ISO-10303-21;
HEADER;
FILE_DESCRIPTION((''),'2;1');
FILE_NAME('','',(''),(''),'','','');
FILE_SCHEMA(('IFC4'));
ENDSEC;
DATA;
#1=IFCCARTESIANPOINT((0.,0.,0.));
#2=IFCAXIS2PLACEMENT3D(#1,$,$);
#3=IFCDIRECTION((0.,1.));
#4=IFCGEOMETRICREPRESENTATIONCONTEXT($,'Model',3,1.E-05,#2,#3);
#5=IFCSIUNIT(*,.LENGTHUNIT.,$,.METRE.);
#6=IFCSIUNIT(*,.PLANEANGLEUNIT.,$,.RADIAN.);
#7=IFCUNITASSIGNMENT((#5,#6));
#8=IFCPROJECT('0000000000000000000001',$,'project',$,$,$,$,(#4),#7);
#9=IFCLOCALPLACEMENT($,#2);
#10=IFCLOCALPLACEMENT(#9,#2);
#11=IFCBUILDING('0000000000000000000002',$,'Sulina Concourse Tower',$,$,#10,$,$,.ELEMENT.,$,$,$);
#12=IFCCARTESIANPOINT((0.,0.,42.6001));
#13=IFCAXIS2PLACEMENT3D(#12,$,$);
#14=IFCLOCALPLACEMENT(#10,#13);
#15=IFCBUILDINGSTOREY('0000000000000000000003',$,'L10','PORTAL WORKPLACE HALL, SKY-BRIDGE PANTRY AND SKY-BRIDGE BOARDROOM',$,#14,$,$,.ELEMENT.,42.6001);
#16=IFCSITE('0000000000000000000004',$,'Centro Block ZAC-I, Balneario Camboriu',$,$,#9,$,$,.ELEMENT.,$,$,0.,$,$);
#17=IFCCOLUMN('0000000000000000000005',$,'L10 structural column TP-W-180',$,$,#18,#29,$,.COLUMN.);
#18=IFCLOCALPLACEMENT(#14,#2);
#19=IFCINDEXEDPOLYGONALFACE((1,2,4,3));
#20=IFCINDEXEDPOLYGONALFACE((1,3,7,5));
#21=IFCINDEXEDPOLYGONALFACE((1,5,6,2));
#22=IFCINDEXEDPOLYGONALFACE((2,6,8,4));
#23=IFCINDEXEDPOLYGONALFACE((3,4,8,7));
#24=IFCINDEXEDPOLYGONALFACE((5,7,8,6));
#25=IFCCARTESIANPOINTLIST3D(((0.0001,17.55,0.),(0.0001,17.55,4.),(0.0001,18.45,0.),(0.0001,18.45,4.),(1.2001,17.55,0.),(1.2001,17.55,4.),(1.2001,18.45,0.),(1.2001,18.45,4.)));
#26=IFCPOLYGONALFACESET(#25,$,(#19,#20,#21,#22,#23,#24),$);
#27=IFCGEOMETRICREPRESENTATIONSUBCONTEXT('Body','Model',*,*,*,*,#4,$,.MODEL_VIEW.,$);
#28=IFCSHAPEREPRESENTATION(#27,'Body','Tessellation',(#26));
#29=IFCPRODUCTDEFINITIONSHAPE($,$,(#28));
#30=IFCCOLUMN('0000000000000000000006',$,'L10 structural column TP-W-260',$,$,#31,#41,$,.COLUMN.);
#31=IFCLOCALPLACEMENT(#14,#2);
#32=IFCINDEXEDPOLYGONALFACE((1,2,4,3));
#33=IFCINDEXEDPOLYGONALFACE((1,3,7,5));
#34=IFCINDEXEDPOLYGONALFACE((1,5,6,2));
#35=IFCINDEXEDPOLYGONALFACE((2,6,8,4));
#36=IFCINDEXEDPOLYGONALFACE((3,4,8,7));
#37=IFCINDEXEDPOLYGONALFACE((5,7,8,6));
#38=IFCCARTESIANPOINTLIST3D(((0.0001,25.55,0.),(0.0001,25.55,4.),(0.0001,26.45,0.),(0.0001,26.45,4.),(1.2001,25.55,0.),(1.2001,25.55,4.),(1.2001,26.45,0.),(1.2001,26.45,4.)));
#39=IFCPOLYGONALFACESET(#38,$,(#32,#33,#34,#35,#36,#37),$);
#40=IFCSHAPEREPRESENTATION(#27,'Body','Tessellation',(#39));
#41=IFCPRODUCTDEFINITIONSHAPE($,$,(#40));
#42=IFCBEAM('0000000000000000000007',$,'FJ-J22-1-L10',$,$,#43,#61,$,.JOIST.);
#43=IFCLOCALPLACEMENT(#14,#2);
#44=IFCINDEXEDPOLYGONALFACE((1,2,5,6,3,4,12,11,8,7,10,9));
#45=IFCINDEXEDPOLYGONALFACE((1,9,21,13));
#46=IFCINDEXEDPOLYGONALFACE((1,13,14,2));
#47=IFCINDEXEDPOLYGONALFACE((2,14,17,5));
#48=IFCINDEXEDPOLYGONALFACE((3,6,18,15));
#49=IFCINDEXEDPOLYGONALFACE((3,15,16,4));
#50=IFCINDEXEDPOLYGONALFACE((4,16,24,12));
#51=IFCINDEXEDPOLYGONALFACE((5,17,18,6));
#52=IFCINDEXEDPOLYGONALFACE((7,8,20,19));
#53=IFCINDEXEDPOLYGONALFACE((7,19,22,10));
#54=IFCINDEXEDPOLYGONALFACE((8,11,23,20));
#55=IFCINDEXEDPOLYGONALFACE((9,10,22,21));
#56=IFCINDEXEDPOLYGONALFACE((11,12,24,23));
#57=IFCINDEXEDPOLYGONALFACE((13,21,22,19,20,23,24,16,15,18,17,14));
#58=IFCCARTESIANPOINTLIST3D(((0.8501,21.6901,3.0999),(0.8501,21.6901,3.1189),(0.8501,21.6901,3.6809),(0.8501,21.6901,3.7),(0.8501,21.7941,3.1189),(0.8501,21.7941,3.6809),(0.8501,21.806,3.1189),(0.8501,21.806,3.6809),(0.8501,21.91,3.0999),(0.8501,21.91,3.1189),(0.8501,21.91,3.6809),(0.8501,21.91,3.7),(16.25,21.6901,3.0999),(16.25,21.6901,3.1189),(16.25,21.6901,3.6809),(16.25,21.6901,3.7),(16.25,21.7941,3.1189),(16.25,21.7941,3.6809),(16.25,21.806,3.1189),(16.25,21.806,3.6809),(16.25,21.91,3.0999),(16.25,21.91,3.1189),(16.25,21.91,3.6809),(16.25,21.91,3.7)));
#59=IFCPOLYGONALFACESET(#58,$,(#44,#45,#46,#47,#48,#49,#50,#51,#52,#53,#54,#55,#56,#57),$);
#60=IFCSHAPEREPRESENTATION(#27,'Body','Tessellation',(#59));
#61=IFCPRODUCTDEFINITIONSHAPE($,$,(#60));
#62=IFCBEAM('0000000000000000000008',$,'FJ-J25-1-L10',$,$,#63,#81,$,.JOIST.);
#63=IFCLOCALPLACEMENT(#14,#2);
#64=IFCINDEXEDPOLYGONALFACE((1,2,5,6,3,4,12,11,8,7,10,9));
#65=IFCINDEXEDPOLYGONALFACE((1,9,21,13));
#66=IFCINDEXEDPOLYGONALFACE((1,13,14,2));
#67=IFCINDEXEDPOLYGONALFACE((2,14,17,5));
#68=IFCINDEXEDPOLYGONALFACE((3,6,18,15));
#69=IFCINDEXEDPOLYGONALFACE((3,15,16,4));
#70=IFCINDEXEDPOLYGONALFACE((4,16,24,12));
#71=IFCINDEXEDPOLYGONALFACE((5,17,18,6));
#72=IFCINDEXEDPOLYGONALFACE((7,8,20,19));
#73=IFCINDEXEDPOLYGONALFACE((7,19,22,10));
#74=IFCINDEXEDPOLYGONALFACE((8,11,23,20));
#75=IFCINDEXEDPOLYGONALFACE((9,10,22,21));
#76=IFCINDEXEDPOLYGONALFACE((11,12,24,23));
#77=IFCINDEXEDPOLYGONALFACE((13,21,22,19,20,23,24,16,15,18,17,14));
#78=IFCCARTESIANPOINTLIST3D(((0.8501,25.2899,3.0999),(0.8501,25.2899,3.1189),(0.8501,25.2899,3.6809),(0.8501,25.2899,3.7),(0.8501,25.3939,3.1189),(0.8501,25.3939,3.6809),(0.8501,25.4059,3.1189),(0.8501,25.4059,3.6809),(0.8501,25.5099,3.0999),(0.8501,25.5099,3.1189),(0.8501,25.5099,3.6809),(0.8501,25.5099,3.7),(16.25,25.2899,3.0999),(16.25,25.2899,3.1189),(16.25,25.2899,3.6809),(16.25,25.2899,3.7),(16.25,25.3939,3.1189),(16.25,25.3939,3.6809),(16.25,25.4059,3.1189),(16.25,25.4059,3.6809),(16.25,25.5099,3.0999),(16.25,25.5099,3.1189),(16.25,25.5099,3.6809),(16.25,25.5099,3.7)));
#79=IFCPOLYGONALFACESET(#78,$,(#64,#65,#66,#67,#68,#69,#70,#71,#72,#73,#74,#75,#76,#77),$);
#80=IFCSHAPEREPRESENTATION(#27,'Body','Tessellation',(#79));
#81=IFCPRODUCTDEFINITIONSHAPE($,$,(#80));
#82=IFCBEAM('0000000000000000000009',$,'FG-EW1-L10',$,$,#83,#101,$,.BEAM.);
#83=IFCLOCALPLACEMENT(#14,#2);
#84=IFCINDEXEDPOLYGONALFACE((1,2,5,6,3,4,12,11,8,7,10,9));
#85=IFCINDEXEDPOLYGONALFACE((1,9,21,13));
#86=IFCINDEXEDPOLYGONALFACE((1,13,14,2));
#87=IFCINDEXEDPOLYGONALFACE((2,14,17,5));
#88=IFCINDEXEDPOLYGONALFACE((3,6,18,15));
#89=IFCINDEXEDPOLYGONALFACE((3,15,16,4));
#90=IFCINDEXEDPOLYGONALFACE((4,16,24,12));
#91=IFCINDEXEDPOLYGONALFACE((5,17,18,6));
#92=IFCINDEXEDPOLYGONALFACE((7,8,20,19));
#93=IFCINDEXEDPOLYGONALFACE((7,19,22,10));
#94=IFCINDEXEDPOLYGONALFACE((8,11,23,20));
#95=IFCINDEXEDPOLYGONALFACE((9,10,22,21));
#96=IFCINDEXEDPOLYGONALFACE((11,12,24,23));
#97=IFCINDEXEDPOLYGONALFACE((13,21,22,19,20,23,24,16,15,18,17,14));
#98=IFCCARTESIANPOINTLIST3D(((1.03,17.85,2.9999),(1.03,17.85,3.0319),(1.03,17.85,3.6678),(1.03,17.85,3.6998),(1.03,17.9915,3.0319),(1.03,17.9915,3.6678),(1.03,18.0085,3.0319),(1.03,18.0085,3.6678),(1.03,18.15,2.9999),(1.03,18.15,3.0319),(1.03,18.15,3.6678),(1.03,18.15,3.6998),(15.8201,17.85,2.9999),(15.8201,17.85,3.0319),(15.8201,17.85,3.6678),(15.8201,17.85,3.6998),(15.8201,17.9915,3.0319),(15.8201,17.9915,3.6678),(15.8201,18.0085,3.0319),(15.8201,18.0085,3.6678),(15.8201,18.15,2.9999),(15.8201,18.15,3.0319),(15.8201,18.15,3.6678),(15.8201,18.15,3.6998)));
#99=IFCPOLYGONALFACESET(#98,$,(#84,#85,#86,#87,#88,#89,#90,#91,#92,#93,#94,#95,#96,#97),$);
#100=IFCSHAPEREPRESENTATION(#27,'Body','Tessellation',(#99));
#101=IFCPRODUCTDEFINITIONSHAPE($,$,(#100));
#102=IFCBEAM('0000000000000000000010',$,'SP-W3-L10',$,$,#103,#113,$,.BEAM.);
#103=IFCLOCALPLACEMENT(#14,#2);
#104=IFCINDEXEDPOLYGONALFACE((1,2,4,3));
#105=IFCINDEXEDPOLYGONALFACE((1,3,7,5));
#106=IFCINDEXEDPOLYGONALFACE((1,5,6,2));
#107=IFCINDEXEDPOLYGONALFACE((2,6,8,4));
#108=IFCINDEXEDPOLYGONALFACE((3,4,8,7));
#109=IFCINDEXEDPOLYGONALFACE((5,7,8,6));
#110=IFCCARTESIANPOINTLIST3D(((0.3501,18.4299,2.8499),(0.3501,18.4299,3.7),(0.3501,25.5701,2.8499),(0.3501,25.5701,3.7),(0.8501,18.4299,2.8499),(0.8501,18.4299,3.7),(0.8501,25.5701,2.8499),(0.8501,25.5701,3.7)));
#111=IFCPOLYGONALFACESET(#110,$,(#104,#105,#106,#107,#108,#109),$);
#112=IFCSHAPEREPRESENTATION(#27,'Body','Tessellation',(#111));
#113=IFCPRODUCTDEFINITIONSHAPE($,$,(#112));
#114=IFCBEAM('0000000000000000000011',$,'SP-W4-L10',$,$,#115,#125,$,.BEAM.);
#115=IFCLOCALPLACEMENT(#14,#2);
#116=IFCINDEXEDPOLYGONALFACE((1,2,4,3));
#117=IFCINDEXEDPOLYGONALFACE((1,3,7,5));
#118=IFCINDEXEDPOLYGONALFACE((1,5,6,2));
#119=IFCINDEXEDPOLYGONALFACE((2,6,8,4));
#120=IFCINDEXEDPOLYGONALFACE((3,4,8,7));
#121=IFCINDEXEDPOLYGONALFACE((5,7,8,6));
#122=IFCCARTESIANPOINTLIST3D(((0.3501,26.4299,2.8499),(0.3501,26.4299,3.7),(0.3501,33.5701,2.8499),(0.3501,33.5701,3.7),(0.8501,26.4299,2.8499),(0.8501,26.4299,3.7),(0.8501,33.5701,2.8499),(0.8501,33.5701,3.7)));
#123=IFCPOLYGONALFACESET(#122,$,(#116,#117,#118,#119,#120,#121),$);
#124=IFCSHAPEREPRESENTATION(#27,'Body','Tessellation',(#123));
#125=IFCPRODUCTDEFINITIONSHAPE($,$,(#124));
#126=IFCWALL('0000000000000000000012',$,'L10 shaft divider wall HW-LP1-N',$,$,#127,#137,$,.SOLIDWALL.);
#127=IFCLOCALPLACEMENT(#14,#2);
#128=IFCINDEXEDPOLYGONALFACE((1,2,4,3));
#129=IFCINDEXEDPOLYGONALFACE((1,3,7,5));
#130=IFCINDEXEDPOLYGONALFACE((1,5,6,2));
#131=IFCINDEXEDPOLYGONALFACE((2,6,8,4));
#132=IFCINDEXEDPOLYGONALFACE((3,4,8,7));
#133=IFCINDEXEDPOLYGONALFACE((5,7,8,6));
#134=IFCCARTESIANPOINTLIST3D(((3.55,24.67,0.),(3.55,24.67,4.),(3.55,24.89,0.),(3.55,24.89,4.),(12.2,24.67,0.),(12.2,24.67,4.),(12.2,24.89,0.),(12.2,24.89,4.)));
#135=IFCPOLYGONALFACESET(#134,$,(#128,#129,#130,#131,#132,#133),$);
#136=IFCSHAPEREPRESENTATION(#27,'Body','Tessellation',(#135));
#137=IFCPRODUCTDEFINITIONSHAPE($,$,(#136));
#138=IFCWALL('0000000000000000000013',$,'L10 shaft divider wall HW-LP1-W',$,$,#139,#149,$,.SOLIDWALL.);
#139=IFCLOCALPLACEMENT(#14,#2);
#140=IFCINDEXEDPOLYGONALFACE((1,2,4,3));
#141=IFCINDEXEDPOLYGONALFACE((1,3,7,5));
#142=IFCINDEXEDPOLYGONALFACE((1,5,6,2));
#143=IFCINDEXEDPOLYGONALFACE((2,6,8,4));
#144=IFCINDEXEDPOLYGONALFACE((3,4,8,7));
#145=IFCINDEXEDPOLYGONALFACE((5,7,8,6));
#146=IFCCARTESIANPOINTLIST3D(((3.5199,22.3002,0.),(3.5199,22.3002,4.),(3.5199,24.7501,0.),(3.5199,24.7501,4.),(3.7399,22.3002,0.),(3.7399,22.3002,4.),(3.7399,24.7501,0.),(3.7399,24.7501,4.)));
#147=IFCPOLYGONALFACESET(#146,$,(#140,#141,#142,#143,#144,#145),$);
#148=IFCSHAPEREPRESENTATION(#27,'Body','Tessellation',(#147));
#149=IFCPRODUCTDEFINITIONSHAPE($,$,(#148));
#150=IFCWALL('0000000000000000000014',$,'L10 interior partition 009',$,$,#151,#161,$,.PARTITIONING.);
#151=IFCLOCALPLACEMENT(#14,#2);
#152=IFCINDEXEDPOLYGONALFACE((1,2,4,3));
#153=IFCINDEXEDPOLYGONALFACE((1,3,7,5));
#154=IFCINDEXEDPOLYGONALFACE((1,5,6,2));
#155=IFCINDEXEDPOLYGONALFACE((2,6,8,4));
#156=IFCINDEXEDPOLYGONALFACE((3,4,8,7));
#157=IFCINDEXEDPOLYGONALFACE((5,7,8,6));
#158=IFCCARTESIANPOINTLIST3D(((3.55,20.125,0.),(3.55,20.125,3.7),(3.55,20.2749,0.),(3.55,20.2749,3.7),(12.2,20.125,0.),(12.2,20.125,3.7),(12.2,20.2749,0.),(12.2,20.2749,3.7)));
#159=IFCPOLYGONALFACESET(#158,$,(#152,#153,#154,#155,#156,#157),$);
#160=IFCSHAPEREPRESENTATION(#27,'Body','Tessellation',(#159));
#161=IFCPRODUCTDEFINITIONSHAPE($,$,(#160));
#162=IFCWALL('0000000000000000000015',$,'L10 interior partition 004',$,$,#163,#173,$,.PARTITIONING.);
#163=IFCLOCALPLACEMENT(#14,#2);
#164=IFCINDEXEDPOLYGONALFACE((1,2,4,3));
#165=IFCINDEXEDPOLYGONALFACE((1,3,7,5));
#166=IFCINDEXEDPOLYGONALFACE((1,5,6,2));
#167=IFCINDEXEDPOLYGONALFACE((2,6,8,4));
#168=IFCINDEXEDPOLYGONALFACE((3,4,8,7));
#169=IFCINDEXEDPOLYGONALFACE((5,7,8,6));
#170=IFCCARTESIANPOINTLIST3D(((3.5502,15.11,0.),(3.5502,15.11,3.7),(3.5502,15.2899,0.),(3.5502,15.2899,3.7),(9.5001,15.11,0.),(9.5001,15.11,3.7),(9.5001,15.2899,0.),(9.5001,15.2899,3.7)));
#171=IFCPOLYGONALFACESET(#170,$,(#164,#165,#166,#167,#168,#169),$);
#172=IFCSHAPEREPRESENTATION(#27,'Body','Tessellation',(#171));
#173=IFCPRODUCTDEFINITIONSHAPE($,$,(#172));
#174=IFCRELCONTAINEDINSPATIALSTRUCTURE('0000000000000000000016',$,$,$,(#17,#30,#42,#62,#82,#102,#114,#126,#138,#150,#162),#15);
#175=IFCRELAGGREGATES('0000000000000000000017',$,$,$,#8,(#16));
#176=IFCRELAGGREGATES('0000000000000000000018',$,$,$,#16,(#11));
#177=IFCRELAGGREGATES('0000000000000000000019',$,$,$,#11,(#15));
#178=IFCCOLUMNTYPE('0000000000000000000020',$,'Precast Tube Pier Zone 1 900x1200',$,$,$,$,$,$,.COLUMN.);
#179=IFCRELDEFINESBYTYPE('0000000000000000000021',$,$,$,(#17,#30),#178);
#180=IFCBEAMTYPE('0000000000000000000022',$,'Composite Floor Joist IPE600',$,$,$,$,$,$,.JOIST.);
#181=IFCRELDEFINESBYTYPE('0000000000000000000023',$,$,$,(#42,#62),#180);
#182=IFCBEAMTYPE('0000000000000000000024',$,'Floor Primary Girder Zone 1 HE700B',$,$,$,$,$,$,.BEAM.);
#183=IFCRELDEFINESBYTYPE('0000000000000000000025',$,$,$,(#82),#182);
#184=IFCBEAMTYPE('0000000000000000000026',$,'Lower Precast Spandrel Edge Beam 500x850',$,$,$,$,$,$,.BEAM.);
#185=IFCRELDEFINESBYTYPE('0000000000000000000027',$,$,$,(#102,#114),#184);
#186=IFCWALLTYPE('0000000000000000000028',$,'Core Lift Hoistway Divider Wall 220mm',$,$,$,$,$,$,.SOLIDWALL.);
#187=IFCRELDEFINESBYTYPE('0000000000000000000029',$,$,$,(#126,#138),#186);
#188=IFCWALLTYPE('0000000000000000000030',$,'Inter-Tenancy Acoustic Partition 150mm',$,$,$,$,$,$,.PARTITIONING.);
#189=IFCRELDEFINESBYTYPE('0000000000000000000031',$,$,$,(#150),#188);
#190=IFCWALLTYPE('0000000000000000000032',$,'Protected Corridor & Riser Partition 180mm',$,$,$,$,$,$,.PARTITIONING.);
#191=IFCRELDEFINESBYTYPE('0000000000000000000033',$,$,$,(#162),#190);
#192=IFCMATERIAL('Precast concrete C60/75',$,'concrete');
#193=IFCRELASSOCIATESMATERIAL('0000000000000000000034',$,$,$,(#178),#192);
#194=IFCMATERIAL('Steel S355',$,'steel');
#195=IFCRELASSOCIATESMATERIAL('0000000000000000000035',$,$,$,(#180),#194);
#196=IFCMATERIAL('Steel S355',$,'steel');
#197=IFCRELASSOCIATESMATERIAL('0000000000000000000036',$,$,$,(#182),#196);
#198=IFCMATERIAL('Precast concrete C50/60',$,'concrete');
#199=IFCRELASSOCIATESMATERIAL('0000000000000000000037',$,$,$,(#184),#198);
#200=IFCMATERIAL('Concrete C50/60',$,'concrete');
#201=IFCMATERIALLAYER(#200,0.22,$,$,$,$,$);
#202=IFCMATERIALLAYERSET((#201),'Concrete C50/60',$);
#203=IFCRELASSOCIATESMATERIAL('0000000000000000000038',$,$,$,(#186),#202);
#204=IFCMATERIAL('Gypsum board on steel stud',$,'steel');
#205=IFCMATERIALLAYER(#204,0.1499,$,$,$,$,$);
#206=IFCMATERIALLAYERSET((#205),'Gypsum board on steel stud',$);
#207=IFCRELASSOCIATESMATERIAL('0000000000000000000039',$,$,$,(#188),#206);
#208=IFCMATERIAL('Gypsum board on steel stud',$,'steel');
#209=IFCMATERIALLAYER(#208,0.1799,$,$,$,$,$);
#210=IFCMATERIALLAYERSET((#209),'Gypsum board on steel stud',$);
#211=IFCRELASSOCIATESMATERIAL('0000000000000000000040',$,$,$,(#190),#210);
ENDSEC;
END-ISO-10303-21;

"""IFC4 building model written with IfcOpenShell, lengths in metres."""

from ifc_helpers import new_model, si_unit, direction, frame, frame_2d, origin, origin_2d, place, context, subcontext, project, spatial, rectangle, i_section, extrude, material, layer, layer_set, material_profile, profile_set, type_object, element, save


model = new_model("IFC4")

# Units and contexts
model_context = context("Model", 3, precision=1e-05, world=origin(), true_north=direction((0.0, 1.0)))
body_context = subcontext(model_context, "Body", "Model", "MODEL_VIEW")
ifc_project = project(units=[si_unit("LENGTHUNIT", "METRE"), si_unit("PLANEANGLEUNIT", "RADIAN")], contexts=[model_context])

# Site, building, storey
site_placement = place(None, origin())
site = spatial("IfcSite", under=ifc_project, at=site_placement, Name="Centro Block ZAC-I, Balneario Camboriu", CompositionType="ELEMENT", RefElevation=0.0)
building_placement = place(site_placement, origin())
building = spatial("IfcBuilding", under=site, at=building_placement, Name="Sulina Concourse Tower", CompositionType="ELEMENT")
storey_placement = place(building_placement, frame((0.0, 0.0, 42.6001)))
storey = spatial("IfcBuildingStorey", under=building, at=storey_placement, Name="L10", Description="PORTAL WORKPLACE HALL, SKY-BRIDGE PANTRY AND SKY-BRIDGE BOARDROOM", CompositionType="ELEMENT", Elevation=42.6001)

# Columns
ifc_material_1 = material(Name="Precast concrete C60/75", Category="concrete")
ifc_material_profile_1 = material_profile(ifc_material_1, rectangle(XDim=0.8999, YDim=1.2, at=origin_2d()), Name="PC 900x1200")
ifc_profile_set_1 = profile_set([ifc_material_profile_1], Name="Precast concrete C60/75")
column_type = type_object("IfcColumnType", Name="Precast Tube Pier Zone 1 900x1200", PredefinedType="COLUMN", material=ifc_profile_set_1)
for number, where, z_axis, x_axis, name in (
    (1, (0.6001, 18.0, 0.0), (0.0, 0.0, 1.0), (0.0, 1.0, 0.0), "L10 structural column TP-W-180"),
    (2, (0.6001, 26.0, 0.0), (0.0, 0.0, 1.0), (0.0, 1.0, 0.0), "L10 structural column TP-W-260"),
):
    element("IfcColumn", number, at=place(storey_placement, frame(where, z_axis=z_axis, x_axis=x_axis)), inside=storey, type_object=column_type, Name=name, PredefinedType="COLUMN", context=body_context, shape_type="SweptSolid", body=[
        extrude(rectangle(XDim=0.8999, YDim=1.2, at=origin_2d()), origin(), (0.0, 0.0, 1.0), 4.0),
    ])

# Beams
ifc_material_2 = material(Name="Steel S355", Category="steel")
ifc_material_profile_2 = material_profile(ifc_material_2, i_section(OverallWidth=0.22, OverallDepth=0.6001, WebThickness=0.012, FlangeThickness=0.019, at=origin_2d()), Name="IPE 600")
ifc_profile_set_2 = profile_set([ifc_material_profile_2], Name="Steel S355")
beam_type_1 = type_object("IfcBeamType", Name="Composite Floor Joist IPE600", PredefinedType="JOIST", material=ifc_profile_set_2)
for number, where, z_axis, x_axis, name in (
    (3, (0.8501, 21.8, 3.3999), (1.0, 0.0, 0.0), (0.0, 1.0, 0.0), "FJ-J22-1-L10"),
    (4, (0.8501, 25.3999, 3.3999), (1.0, 0.0, 0.0), (0.0, 1.0, 0.0), "FJ-J25-1-L10"),
):
    element("IfcBeam", number, at=place(storey_placement, frame(where, z_axis=z_axis, x_axis=x_axis)), inside=storey, type_object=beam_type_1, Name=name, PredefinedType="JOIST", context=body_context, shape_type="SweptSolid", body=[
        extrude(i_section(OverallWidth=0.22, OverallDepth=0.6001, WebThickness=0.012, FlangeThickness=0.019, at=origin_2d()), origin(), (0.0, 0.0, 1.0), 15.3999),
    ])
ifc_material_3 = material(Name="Steel S355", Category="steel")
ifc_material_profile_3 = material_profile(ifc_material_3, i_section(OverallWidth=0.3, OverallDepth=0.7, WebThickness=0.0171, FlangeThickness=0.032, at=origin_2d()), Name="HE 700 B")
ifc_profile_set_3 = profile_set([ifc_material_profile_3], Name="Steel S355")
beam_type_2 = type_object("IfcBeamType", Name="Floor Primary Girder Zone 1 HE700B", PredefinedType="BEAM", material=ifc_profile_set_3)
beam_placement = place(storey_placement, frame((1.03, 18.0, 3.3499), z_axis=(1.0, 0.0, 0.0), x_axis=(0.0, 1.0, 0.0)))
element("IfcBeam", 5, at=beam_placement, inside=storey, type_object=beam_type_2, Name="FG-EW1-L10", PredefinedType="BEAM", context=body_context, shape_type="SweptSolid", body=[
    extrude(i_section(OverallWidth=0.3, OverallDepth=0.7, WebThickness=0.0171, FlangeThickness=0.032, at=origin_2d()), origin(), (0.0, 0.0, 1.0), 14.79),
])
ifc_material_4 = material(Name="Precast concrete C50/60", Category="concrete")
ifc_material_profile_4 = material_profile(ifc_material_4, rectangle(XDim=0.5, YDim=0.8501, at=origin_2d()), Name="RC 500x850")
ifc_profile_set_4 = profile_set([ifc_material_profile_4], Name="Precast concrete C50/60")
beam_type_3 = type_object("IfcBeamType", Name="Lower Precast Spandrel Edge Beam 500x850", PredefinedType="BEAM", material=ifc_profile_set_4)
for number, where, z_axis, x_axis, name in (
    (6, (0.6001, 18.4299, 3.2749), (0.0, 1.0, 0.0), (-1.0, 0.0, 0.0), "SP-W3-L10"),
    (7, (0.6001, 26.4299, 3.2749), (0.0, 1.0, 0.0), (-1.0, 0.0, 0.0), "SP-W4-L10"),
):
    element("IfcBeam", number, at=place(storey_placement, frame(where, z_axis=z_axis, x_axis=x_axis)), inside=storey, type_object=beam_type_3, Name=name, PredefinedType="BEAM", context=body_context, shape_type="SweptSolid", body=[
        extrude(rectangle(XDim=0.5, YDim=0.8501, at=origin_2d()), origin(), (0.0, 0.0, 1.0), 7.1401),
    ])

# Walls
ifc_material_5 = material(Name="Concrete C50/60", Category="concrete")
ifc_layer_1 = layer(ifc_material_5, 0.22)
ifc_layer_set_1 = layer_set([ifc_layer_1], Name="Concrete C50/60")
wall_type_1 = type_object("IfcWallType", Name="Core Lift Hoistway Divider Wall 220mm", PredefinedType="SOLIDWALL", material=ifc_layer_set_1)
wall_1_placement = place(storey_placement, frame((3.55, 24.78, 0.0), z_axis=(0.0, 0.0, 1.0), x_axis=(1.0, 0.0, 0.0)))
element("IfcWall", 8, at=wall_1_placement, inside=storey, type_object=wall_type_1, Name="L10 shaft divider wall HW-LP1-N", PredefinedType="SOLIDWALL", context=body_context, shape_type="SweptSolid", body=[
    extrude(rectangle(XDim=8.6499, YDim=0.22, at=frame_2d((4.325, 0.0))), origin(), (0.0, 0.0, 1.0), 4.0),
])
wall_2_placement = place(storey_placement, frame((3.6299, 22.3, 0.0), z_axis=(0.0, 0.0, 1.0), x_axis=(0.0, 1.0, 0.0)))
element("IfcWall", 9, at=wall_2_placement, inside=storey, type_object=wall_type_1, Name="L10 shaft divider wall HW-LP1-W", PredefinedType="SOLIDWALL", context=body_context, shape_type="SweptSolid", body=[
    extrude(rectangle(XDim=2.45, YDim=0.22, at=frame_2d((1.2251, 0.0))), origin(), (0.0, 0.0, 1.0), 4.0),
])
ifc_material_6 = material(Name="Gypsum board on steel stud", Category="steel")
ifc_layer_2 = layer(ifc_material_6, 0.1499)
ifc_layer_set_2 = layer_set([ifc_layer_2], Name="Gypsum board on steel stud")
wall_type_2 = type_object("IfcWallType", Name="Inter-Tenancy Acoustic Partition 150mm", PredefinedType="PARTITIONING", material=ifc_layer_set_2)
wall_3_placement = place(storey_placement, frame((3.55, 20.2, 0.0), z_axis=(0.0, 0.0, 1.0), x_axis=(1.0, 0.0, 0.0)))
element("IfcWall", 10, at=wall_3_placement, inside=storey, type_object=wall_type_2, Name="L10 interior partition 009", PredefinedType="PARTITIONING", context=body_context, shape_type="SweptSolid", body=[
    extrude(rectangle(XDim=8.6499, YDim=0.1499, at=frame_2d((4.325, 0.0))), origin(), (0.0, 0.0, 1.0), 3.7),
])

# Shared definitions
ifc_material_7 = material(Name="Gypsum board on steel stud", Category="steel")
ifc_layer_3 = layer(ifc_material_7, 0.1799)
ifc_layer_set_3 = layer_set([ifc_layer_3], Name="Gypsum board on steel stud")
wall_type_3 = type_object("IfcWallType", Name="Protected Corridor & Riser Partition 180mm", PredefinedType="PARTITIONING", material=ifc_layer_set_3)

# Wall
wall_4_placement = place(storey_placement, frame((3.55, 15.2, 0.0), z_axis=(0.0, 0.0, 1.0), x_axis=(1.0, 0.0, 0.0)))
element("IfcWall", 11, at=wall_4_placement, inside=storey, type_object=wall_type_3, Name="L10 interior partition 004", PredefinedType="PARTITIONING", context=body_context, shape_type="SweptSolid", body=[
    extrude(rectangle(XDim=5.95, YDim=0.1799, at=frame_2d((2.9751, 0.0))), origin(), (0.0, 0.0, 1.0), 3.7),
])

save(model, "model.ifc")
